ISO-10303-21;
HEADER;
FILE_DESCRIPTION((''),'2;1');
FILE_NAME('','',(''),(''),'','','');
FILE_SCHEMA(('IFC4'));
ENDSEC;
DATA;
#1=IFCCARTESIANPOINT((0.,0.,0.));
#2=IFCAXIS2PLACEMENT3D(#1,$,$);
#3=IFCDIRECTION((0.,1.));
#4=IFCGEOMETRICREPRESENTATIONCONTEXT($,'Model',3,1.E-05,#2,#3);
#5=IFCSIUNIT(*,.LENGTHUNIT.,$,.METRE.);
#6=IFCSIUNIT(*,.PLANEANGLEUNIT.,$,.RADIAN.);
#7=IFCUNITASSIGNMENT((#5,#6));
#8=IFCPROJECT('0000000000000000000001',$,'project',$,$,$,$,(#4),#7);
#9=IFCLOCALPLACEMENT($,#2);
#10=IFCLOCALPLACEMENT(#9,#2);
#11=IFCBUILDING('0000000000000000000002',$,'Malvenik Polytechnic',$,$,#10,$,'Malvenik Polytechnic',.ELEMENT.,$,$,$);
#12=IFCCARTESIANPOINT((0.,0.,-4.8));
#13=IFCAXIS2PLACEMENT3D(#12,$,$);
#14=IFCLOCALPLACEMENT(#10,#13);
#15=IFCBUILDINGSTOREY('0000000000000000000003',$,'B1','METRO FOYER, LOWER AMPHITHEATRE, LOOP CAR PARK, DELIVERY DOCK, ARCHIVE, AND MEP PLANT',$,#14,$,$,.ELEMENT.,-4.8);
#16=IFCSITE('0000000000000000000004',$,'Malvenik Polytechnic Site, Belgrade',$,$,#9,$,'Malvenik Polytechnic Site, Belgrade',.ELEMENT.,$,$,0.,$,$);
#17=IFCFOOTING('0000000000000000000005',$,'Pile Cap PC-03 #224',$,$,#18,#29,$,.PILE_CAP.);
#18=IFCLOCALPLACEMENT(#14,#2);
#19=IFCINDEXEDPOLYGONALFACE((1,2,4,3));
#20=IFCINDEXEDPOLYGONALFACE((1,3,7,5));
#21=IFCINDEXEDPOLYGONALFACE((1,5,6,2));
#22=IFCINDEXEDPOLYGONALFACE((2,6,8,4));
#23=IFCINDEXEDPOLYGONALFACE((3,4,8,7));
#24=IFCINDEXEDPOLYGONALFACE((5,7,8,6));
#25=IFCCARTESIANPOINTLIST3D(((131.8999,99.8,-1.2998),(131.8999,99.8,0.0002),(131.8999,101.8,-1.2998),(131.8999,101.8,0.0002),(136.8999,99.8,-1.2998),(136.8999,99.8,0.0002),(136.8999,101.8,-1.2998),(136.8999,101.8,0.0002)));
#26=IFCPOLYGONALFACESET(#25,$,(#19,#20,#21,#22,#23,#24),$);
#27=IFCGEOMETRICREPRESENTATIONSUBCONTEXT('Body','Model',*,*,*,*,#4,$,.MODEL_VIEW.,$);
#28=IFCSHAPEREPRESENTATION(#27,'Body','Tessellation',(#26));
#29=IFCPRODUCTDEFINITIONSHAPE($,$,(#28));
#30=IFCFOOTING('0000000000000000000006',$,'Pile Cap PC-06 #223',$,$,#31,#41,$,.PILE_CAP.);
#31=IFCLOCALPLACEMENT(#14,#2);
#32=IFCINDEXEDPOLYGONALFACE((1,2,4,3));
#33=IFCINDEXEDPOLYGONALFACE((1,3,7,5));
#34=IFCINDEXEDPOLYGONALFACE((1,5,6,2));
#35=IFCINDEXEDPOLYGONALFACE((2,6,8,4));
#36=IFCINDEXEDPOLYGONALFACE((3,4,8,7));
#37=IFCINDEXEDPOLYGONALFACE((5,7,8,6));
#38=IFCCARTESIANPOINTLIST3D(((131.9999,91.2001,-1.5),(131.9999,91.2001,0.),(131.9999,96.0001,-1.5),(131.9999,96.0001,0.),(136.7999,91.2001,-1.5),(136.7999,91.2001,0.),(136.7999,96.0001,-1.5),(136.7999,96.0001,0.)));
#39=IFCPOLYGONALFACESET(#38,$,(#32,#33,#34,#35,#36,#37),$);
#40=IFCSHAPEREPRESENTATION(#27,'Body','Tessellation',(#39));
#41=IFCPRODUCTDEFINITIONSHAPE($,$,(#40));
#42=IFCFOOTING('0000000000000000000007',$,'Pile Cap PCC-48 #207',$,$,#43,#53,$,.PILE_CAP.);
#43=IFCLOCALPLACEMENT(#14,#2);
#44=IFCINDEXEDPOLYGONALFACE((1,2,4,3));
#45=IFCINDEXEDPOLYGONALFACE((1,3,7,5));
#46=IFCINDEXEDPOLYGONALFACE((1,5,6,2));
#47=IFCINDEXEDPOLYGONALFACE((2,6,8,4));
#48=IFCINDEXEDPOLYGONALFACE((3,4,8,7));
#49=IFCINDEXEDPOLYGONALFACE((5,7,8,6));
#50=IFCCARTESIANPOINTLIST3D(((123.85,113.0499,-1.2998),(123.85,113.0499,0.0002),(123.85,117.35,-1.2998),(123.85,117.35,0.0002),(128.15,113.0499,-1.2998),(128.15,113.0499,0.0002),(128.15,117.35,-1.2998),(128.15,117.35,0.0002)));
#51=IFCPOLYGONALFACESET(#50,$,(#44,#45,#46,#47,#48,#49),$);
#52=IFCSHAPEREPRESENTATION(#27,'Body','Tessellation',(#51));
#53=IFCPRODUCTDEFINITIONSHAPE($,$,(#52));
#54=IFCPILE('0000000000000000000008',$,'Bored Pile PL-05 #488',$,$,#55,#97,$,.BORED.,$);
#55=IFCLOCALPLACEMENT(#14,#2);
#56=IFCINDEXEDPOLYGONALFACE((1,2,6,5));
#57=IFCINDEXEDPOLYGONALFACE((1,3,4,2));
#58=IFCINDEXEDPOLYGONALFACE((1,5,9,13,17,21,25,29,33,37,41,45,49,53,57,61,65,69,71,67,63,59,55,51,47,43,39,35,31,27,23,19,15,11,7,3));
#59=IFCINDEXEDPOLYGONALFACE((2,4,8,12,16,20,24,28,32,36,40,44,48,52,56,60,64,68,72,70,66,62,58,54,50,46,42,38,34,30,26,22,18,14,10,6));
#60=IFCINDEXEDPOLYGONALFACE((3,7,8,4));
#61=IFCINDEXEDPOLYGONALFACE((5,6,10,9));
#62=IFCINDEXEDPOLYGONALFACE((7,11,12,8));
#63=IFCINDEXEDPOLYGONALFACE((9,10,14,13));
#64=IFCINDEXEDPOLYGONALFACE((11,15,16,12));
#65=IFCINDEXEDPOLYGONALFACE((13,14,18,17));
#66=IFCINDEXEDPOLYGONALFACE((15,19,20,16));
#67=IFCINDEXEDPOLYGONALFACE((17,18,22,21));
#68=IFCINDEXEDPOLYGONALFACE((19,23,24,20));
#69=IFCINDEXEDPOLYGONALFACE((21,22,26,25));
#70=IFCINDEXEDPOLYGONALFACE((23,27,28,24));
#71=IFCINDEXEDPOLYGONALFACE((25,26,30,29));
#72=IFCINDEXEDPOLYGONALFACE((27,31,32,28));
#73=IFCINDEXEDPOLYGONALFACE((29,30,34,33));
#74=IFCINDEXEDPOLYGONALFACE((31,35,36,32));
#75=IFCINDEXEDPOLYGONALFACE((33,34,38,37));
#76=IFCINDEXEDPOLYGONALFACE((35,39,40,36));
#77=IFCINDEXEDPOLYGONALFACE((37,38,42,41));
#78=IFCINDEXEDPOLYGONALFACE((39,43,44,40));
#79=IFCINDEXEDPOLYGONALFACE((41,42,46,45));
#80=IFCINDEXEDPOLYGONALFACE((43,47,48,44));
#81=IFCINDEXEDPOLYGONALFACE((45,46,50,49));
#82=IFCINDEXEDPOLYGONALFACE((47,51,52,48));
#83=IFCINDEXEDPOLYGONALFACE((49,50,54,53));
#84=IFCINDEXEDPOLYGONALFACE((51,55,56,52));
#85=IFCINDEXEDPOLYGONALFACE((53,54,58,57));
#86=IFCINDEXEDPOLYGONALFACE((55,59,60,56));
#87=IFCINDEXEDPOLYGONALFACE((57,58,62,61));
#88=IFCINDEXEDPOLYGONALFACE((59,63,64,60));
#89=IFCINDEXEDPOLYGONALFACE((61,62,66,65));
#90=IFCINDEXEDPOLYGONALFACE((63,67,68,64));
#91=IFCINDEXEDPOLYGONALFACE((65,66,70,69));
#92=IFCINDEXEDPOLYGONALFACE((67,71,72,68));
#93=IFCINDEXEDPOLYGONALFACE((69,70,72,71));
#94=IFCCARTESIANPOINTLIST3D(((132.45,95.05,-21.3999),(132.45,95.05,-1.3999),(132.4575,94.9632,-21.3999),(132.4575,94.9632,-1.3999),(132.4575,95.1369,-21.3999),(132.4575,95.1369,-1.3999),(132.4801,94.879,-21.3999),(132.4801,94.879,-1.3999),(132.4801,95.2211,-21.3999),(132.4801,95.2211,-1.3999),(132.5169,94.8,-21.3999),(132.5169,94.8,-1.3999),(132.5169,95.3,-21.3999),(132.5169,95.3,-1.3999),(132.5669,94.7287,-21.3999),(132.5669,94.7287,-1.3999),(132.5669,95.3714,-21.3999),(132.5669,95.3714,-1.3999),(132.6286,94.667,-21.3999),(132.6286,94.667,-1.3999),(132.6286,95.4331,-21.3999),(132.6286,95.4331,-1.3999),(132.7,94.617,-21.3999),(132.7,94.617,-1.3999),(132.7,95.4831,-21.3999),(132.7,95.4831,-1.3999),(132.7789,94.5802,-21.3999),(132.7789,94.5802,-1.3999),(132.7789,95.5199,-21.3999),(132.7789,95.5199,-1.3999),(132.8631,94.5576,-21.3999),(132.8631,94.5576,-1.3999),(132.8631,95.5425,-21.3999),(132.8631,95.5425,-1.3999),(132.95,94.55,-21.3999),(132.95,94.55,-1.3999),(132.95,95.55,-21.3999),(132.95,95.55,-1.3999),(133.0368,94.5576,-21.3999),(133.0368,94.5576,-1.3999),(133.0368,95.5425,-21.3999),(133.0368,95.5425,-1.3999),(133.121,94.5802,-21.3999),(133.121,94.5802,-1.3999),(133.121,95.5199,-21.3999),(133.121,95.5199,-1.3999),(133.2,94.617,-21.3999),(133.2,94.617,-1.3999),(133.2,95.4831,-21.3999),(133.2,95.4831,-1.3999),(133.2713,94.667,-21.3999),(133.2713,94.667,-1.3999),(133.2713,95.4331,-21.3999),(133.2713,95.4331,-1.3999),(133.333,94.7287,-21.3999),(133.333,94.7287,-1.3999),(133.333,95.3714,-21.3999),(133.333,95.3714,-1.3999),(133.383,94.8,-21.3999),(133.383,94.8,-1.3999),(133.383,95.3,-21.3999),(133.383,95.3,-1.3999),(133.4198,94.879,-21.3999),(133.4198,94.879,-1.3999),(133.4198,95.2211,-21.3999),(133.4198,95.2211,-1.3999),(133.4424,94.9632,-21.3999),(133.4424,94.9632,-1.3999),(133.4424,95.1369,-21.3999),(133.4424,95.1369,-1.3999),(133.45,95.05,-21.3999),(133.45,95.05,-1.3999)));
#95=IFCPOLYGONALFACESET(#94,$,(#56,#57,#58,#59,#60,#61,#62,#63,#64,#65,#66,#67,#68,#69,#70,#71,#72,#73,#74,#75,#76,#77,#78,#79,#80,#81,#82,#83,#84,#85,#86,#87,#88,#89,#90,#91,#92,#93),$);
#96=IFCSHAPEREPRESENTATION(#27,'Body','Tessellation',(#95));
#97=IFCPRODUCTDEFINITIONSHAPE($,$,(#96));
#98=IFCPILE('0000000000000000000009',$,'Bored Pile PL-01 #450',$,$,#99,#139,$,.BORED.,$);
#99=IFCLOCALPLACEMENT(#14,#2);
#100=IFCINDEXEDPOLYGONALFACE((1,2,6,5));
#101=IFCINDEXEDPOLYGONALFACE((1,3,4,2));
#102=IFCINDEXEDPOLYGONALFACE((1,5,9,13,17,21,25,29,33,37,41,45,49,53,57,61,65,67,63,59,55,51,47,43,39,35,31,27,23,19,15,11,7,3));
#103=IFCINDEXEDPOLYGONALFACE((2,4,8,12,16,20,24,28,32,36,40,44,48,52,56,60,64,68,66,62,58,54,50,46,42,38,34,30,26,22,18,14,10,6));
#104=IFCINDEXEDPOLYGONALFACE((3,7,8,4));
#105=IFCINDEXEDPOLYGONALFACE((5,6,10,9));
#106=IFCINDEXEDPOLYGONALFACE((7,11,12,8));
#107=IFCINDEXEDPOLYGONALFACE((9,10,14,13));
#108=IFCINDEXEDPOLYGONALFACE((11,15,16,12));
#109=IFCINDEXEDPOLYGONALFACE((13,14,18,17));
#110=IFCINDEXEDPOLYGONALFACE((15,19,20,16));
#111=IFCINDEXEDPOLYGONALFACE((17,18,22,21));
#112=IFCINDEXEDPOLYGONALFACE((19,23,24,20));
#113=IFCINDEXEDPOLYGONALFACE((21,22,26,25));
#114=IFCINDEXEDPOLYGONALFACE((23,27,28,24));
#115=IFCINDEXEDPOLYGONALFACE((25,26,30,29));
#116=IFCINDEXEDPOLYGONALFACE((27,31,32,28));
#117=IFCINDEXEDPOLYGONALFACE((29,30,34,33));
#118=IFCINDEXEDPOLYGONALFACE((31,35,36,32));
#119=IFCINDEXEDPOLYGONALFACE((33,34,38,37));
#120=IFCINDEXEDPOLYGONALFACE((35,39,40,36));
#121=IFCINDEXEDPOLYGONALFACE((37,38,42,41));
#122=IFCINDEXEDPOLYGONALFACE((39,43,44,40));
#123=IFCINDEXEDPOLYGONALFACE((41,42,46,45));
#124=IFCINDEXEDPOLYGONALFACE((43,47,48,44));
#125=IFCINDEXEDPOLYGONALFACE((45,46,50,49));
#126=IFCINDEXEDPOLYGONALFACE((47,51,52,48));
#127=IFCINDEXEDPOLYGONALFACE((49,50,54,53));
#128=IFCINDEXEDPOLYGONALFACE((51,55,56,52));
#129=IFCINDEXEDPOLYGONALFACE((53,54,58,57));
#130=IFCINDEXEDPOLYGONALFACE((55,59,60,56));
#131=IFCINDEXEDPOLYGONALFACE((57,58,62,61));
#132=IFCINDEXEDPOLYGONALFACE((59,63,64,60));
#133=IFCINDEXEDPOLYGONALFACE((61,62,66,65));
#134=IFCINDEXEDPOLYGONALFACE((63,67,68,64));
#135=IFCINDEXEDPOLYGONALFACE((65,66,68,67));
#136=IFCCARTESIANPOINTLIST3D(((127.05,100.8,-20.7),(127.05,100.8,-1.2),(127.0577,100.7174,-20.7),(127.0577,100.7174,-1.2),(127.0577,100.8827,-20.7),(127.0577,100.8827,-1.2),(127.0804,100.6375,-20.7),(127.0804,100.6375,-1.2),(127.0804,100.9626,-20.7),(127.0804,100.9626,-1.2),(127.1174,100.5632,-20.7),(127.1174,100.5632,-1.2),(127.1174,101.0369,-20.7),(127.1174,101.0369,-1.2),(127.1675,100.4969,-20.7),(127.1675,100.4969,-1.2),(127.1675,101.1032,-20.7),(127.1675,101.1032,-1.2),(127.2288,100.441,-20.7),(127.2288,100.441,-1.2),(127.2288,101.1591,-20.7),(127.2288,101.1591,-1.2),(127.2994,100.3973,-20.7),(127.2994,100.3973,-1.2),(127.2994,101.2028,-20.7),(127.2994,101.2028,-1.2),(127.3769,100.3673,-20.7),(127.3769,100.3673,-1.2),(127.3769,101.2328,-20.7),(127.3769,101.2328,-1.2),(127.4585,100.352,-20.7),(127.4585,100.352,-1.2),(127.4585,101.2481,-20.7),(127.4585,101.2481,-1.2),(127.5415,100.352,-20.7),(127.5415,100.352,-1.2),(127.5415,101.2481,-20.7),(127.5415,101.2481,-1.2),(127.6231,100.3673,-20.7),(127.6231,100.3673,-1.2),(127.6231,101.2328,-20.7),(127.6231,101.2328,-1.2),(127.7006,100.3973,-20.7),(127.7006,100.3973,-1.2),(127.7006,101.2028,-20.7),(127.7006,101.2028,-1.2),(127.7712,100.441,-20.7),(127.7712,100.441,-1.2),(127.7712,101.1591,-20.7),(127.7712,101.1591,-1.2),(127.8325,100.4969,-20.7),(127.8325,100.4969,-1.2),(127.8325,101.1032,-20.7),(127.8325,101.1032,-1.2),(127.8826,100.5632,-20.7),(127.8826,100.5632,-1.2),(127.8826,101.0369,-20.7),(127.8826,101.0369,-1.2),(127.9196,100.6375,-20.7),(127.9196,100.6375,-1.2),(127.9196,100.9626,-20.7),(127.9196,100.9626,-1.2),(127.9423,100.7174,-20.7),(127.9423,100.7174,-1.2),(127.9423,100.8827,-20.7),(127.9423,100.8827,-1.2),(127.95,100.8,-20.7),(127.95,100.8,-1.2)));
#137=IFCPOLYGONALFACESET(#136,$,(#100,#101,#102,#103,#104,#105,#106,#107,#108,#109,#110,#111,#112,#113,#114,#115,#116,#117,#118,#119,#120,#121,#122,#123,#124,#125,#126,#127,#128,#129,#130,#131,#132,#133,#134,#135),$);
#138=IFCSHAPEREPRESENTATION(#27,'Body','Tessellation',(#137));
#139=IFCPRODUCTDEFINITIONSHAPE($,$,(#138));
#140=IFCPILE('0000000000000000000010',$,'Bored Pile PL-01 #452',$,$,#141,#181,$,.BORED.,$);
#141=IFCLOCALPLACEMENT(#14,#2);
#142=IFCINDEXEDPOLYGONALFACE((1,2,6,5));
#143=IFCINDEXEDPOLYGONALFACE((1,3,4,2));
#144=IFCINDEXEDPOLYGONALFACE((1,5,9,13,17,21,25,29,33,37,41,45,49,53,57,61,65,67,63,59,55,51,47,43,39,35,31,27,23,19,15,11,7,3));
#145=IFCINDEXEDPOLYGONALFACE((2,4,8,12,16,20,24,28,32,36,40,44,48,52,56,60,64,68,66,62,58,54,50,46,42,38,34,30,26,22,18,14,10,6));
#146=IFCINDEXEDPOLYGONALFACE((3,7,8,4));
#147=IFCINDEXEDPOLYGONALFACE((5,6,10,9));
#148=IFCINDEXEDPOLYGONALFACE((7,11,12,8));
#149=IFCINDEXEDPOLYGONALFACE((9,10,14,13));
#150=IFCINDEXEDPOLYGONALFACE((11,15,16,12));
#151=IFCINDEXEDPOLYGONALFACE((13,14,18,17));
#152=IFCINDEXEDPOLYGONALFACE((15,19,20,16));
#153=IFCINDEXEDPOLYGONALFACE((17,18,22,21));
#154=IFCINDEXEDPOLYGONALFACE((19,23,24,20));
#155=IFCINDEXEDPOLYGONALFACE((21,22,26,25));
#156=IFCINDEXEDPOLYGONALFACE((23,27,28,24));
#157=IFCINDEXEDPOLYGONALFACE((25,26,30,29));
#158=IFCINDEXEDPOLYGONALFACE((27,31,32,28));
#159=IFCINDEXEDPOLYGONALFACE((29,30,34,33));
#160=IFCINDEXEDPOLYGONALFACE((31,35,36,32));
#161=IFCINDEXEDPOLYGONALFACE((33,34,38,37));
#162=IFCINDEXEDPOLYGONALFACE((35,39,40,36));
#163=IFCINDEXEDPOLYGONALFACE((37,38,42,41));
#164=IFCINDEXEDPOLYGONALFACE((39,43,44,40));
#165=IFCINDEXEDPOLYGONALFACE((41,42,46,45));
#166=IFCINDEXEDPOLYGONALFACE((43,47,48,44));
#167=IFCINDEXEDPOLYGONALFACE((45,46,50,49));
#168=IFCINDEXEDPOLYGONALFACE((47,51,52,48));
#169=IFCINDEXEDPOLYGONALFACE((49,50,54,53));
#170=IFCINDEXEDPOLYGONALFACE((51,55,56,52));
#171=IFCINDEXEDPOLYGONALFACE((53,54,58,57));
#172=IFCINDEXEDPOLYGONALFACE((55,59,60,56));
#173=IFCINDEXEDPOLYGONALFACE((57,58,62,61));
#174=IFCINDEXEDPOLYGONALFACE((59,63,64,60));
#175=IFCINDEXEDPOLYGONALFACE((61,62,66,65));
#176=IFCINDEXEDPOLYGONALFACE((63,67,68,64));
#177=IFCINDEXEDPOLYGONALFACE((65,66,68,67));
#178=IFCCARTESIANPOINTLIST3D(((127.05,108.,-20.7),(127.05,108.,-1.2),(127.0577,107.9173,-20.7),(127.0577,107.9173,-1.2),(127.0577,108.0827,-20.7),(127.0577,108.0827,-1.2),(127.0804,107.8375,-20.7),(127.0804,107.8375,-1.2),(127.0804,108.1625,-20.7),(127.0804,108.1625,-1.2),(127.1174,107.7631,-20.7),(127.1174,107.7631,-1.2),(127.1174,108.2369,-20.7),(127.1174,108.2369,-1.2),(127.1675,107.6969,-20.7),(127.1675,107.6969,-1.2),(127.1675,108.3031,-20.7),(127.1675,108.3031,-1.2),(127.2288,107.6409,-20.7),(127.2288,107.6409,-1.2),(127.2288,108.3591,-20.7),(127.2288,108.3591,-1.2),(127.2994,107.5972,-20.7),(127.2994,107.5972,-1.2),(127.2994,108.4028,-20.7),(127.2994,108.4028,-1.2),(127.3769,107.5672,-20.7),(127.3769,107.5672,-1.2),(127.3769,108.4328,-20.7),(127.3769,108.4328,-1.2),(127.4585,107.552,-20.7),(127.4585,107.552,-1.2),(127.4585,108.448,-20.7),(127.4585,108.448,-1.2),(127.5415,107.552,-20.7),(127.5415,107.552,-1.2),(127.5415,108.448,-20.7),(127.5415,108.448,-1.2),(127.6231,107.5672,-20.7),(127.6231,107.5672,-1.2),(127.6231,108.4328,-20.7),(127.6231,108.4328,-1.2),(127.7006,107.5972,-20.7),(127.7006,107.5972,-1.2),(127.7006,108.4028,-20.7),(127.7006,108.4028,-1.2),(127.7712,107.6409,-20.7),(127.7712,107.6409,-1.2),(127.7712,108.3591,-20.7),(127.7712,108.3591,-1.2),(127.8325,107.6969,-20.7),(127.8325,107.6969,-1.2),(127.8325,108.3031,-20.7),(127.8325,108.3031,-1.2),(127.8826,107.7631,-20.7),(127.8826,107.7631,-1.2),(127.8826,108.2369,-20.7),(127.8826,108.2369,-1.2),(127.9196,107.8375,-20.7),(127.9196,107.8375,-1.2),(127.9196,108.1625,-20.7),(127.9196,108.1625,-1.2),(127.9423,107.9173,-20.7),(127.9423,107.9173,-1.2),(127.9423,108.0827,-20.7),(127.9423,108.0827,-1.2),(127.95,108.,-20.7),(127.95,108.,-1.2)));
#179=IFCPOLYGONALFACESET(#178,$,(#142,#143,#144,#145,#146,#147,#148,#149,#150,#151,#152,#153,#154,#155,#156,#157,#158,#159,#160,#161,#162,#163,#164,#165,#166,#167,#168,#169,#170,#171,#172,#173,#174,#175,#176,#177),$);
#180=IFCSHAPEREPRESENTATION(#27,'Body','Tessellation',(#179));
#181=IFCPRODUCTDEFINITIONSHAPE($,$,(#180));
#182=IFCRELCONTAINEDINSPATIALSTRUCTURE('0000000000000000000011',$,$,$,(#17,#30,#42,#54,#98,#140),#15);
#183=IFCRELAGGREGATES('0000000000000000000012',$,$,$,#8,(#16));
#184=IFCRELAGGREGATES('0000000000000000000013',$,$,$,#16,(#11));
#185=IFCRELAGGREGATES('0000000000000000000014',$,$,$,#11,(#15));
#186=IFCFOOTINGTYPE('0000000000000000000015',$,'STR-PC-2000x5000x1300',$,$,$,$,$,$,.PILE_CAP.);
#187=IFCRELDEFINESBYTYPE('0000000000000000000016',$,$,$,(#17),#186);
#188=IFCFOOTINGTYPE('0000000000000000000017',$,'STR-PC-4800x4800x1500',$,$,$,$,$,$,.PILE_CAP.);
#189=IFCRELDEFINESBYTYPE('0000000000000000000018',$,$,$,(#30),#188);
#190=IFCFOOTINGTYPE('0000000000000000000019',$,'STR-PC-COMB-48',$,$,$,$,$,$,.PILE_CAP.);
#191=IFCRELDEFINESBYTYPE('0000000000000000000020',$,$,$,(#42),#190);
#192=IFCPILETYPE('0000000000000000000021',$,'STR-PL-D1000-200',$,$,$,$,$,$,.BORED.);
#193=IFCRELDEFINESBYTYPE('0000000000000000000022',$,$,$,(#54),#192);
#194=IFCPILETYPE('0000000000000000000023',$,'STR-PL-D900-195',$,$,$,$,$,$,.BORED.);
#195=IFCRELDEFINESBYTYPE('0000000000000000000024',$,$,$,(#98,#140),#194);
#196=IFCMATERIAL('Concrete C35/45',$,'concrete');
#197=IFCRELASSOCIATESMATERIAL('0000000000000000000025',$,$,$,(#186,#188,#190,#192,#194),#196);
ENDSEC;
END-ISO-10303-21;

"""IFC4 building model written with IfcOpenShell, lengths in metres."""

from ifc_helpers import new_model, si_unit, direction, frame, origin, origin_2d, place, context, subcontext, project, spatial, rectangle, circle, extrude, material, material_profile, profile_set, type_object, element, save


model = new_model("IFC4")

# Units and contexts
model_context = context("Model", 3, precision=1e-05, world=origin(), true_north=direction((0.0, 1.0)))
body_context = subcontext(model_context, "Body", "Model", "MODEL_VIEW")
ifc_project = project(units=[si_unit("LENGTHUNIT", "METRE"), si_unit("PLANEANGLEUNIT", "RADIAN")], contexts=[model_context])

# Site, building, storey
site_placement = place(None, origin())
site = spatial("IfcSite", under=ifc_project, at=site_placement, Name="Malvenik Polytechnic Site, Belgrade", LongName="Malvenik Polytechnic Site, Belgrade", CompositionType="ELEMENT", RefElevation=0.0)
building_placement = place(site_placement, origin())
building = spatial("IfcBuilding", under=site, at=building_placement, Name="Malvenik Polytechnic", LongName="Malvenik Polytechnic", CompositionType="ELEMENT")
storey_placement = place(building_placement, frame((0.0, 0.0, -4.8)))
storey = spatial("IfcBuildingStorey", under=building, at=storey_placement, Name="B1", Description="METRO FOYER, LOWER AMPHITHEATRE, LOOP CAR PARK, DELIVERY DOCK, ARCHIVE, AND MEP PLANT", CompositionType="ELEMENT", Elevation=-4.8)

# Footings
ifc_material_1 = material(Name="Concrete C35/45", Category="concrete")
footing_type_1 = type_object("IfcFootingType", Name="STR-PC-2000x5000x1300", PredefinedType="PILE_CAP", material=ifc_material_1)
footing_1_placement = place(storey_placement, frame((134.3999, 100.8, -1.2998), z_axis=(0.0, 0.0, 1.0), x_axis=(1.0, 0.0, 0.0)))
element("IfcFooting", 1, at=footing_1_placement, inside=storey, type_object=footing_type_1, Name="Pile Cap PC-03 #224", PredefinedType="PILE_CAP", context=body_context, shape_type="SweptSolid", body=[
    extrude(rectangle(XDim=5.0, YDim=2.0, at=origin_2d()), origin(), (0.0, 0.0, 1.0), 1.3),
])
footing_type_2 = type_object("IfcFootingType", Name="STR-PC-4800x4800x1500", PredefinedType="PILE_CAP", material=ifc_material_1)
footing_2_placement = place(storey_placement, frame((134.3999, 93.6001, -1.5), z_axis=(0.0, 0.0, 1.0), x_axis=(1.0, 0.0, 0.0)))
element("IfcFooting", 2, at=footing_2_placement, inside=storey, type_object=footing_type_2, Name="Pile Cap PC-06 #223", PredefinedType="PILE_CAP", context=body_context, shape_type="SweptSolid", body=[
    extrude(rectangle(XDim=4.8, YDim=4.8, at=origin_2d()), origin(), (0.0, 0.0, 1.0), 1.5),
])
footing_type_3 = type_object("IfcFootingType", Name="STR-PC-COMB-48", PredefinedType="PILE_CAP", material=ifc_material_1)
footing_3_placement = place(storey_placement, frame((126.0, 115.2, -1.2998), z_axis=(0.0, 0.0, 1.0), x_axis=(1.0, 0.0, 0.0)))
element("IfcFooting", 3, at=footing_3_placement, inside=storey, type_object=footing_type_3, Name="Pile Cap PCC-48 #207", PredefinedType="PILE_CAP", context=body_context, shape_type="SweptSolid", body=[
    extrude(rectangle(XDim=4.3, YDim=4.3, at=origin_2d()), origin(), (0.0, 0.0, 1.0), 1.3),
])

# Piles
ifc_material_profile_1 = material_profile(ifc_material_1, circle(Radius=0.5, at=origin_2d()), Name="BORED PILE D1000")
ifc_profile_set_1 = profile_set([ifc_material_profile_1], Name="Concrete C35/45")
pile_type_1 = type_object("IfcPileType", Name="STR-PL-D1000-200", PredefinedType="BORED", material=ifc_profile_set_1)
pile_1_placement = place(storey_placement, frame((132.95, 95.05, -1.3999), z_axis=(0.0, 0.0, -1.0), x_axis=(1.0, 0.0, 0.0)))
element("IfcPile", 4, at=pile_1_placement, inside=storey, type_object=pile_type_1, Name="Bored Pile PL-05 #488", PredefinedType="BORED", context=body_context, shape_type="SweptSolid", body=[
    extrude(circle(Radius=0.5, at=origin_2d()), origin(), (0.0, 0.0, 1.0), 20.0),
])
ifc_material_profile_2 = material_profile(ifc_material_1, circle(Radius=0.45, at=origin_2d()), Name="BORED PILE D900")
ifc_profile_set_2 = profile_set([ifc_material_profile_2], Name="Concrete C35/45")
pile_type_2 = type_object("IfcPileType", Name="STR-PL-D900-195", PredefinedType="BORED", material=ifc_profile_set_2)
for number, where, z_axis, x_axis, name in (
    (5, (127.5, 100.8, -1.2), (0.0, 0.0, -1.0), (1.0, 0.0, 0.0), "Bored Pile PL-01 #450"),
    (6, (127.5, 108.0, -1.2), (0.0, 0.0, -1.0), (1.0, 0.0, 0.0), "Bored Pile PL-01 #452"),
):
    element("IfcPile", number, at=place(storey_placement, frame(where, z_axis=z_axis, x_axis=x_axis)), inside=storey, type_object=pile_type_2, Name=name, PredefinedType="BORED", context=body_context, shape_type="SweptSolid", body=[
        extrude(circle(Radius=0.45, at=origin_2d()), origin(), (0.0, 0.0, 1.0), 19.5),
    ])

save(model, "model.ifc")
